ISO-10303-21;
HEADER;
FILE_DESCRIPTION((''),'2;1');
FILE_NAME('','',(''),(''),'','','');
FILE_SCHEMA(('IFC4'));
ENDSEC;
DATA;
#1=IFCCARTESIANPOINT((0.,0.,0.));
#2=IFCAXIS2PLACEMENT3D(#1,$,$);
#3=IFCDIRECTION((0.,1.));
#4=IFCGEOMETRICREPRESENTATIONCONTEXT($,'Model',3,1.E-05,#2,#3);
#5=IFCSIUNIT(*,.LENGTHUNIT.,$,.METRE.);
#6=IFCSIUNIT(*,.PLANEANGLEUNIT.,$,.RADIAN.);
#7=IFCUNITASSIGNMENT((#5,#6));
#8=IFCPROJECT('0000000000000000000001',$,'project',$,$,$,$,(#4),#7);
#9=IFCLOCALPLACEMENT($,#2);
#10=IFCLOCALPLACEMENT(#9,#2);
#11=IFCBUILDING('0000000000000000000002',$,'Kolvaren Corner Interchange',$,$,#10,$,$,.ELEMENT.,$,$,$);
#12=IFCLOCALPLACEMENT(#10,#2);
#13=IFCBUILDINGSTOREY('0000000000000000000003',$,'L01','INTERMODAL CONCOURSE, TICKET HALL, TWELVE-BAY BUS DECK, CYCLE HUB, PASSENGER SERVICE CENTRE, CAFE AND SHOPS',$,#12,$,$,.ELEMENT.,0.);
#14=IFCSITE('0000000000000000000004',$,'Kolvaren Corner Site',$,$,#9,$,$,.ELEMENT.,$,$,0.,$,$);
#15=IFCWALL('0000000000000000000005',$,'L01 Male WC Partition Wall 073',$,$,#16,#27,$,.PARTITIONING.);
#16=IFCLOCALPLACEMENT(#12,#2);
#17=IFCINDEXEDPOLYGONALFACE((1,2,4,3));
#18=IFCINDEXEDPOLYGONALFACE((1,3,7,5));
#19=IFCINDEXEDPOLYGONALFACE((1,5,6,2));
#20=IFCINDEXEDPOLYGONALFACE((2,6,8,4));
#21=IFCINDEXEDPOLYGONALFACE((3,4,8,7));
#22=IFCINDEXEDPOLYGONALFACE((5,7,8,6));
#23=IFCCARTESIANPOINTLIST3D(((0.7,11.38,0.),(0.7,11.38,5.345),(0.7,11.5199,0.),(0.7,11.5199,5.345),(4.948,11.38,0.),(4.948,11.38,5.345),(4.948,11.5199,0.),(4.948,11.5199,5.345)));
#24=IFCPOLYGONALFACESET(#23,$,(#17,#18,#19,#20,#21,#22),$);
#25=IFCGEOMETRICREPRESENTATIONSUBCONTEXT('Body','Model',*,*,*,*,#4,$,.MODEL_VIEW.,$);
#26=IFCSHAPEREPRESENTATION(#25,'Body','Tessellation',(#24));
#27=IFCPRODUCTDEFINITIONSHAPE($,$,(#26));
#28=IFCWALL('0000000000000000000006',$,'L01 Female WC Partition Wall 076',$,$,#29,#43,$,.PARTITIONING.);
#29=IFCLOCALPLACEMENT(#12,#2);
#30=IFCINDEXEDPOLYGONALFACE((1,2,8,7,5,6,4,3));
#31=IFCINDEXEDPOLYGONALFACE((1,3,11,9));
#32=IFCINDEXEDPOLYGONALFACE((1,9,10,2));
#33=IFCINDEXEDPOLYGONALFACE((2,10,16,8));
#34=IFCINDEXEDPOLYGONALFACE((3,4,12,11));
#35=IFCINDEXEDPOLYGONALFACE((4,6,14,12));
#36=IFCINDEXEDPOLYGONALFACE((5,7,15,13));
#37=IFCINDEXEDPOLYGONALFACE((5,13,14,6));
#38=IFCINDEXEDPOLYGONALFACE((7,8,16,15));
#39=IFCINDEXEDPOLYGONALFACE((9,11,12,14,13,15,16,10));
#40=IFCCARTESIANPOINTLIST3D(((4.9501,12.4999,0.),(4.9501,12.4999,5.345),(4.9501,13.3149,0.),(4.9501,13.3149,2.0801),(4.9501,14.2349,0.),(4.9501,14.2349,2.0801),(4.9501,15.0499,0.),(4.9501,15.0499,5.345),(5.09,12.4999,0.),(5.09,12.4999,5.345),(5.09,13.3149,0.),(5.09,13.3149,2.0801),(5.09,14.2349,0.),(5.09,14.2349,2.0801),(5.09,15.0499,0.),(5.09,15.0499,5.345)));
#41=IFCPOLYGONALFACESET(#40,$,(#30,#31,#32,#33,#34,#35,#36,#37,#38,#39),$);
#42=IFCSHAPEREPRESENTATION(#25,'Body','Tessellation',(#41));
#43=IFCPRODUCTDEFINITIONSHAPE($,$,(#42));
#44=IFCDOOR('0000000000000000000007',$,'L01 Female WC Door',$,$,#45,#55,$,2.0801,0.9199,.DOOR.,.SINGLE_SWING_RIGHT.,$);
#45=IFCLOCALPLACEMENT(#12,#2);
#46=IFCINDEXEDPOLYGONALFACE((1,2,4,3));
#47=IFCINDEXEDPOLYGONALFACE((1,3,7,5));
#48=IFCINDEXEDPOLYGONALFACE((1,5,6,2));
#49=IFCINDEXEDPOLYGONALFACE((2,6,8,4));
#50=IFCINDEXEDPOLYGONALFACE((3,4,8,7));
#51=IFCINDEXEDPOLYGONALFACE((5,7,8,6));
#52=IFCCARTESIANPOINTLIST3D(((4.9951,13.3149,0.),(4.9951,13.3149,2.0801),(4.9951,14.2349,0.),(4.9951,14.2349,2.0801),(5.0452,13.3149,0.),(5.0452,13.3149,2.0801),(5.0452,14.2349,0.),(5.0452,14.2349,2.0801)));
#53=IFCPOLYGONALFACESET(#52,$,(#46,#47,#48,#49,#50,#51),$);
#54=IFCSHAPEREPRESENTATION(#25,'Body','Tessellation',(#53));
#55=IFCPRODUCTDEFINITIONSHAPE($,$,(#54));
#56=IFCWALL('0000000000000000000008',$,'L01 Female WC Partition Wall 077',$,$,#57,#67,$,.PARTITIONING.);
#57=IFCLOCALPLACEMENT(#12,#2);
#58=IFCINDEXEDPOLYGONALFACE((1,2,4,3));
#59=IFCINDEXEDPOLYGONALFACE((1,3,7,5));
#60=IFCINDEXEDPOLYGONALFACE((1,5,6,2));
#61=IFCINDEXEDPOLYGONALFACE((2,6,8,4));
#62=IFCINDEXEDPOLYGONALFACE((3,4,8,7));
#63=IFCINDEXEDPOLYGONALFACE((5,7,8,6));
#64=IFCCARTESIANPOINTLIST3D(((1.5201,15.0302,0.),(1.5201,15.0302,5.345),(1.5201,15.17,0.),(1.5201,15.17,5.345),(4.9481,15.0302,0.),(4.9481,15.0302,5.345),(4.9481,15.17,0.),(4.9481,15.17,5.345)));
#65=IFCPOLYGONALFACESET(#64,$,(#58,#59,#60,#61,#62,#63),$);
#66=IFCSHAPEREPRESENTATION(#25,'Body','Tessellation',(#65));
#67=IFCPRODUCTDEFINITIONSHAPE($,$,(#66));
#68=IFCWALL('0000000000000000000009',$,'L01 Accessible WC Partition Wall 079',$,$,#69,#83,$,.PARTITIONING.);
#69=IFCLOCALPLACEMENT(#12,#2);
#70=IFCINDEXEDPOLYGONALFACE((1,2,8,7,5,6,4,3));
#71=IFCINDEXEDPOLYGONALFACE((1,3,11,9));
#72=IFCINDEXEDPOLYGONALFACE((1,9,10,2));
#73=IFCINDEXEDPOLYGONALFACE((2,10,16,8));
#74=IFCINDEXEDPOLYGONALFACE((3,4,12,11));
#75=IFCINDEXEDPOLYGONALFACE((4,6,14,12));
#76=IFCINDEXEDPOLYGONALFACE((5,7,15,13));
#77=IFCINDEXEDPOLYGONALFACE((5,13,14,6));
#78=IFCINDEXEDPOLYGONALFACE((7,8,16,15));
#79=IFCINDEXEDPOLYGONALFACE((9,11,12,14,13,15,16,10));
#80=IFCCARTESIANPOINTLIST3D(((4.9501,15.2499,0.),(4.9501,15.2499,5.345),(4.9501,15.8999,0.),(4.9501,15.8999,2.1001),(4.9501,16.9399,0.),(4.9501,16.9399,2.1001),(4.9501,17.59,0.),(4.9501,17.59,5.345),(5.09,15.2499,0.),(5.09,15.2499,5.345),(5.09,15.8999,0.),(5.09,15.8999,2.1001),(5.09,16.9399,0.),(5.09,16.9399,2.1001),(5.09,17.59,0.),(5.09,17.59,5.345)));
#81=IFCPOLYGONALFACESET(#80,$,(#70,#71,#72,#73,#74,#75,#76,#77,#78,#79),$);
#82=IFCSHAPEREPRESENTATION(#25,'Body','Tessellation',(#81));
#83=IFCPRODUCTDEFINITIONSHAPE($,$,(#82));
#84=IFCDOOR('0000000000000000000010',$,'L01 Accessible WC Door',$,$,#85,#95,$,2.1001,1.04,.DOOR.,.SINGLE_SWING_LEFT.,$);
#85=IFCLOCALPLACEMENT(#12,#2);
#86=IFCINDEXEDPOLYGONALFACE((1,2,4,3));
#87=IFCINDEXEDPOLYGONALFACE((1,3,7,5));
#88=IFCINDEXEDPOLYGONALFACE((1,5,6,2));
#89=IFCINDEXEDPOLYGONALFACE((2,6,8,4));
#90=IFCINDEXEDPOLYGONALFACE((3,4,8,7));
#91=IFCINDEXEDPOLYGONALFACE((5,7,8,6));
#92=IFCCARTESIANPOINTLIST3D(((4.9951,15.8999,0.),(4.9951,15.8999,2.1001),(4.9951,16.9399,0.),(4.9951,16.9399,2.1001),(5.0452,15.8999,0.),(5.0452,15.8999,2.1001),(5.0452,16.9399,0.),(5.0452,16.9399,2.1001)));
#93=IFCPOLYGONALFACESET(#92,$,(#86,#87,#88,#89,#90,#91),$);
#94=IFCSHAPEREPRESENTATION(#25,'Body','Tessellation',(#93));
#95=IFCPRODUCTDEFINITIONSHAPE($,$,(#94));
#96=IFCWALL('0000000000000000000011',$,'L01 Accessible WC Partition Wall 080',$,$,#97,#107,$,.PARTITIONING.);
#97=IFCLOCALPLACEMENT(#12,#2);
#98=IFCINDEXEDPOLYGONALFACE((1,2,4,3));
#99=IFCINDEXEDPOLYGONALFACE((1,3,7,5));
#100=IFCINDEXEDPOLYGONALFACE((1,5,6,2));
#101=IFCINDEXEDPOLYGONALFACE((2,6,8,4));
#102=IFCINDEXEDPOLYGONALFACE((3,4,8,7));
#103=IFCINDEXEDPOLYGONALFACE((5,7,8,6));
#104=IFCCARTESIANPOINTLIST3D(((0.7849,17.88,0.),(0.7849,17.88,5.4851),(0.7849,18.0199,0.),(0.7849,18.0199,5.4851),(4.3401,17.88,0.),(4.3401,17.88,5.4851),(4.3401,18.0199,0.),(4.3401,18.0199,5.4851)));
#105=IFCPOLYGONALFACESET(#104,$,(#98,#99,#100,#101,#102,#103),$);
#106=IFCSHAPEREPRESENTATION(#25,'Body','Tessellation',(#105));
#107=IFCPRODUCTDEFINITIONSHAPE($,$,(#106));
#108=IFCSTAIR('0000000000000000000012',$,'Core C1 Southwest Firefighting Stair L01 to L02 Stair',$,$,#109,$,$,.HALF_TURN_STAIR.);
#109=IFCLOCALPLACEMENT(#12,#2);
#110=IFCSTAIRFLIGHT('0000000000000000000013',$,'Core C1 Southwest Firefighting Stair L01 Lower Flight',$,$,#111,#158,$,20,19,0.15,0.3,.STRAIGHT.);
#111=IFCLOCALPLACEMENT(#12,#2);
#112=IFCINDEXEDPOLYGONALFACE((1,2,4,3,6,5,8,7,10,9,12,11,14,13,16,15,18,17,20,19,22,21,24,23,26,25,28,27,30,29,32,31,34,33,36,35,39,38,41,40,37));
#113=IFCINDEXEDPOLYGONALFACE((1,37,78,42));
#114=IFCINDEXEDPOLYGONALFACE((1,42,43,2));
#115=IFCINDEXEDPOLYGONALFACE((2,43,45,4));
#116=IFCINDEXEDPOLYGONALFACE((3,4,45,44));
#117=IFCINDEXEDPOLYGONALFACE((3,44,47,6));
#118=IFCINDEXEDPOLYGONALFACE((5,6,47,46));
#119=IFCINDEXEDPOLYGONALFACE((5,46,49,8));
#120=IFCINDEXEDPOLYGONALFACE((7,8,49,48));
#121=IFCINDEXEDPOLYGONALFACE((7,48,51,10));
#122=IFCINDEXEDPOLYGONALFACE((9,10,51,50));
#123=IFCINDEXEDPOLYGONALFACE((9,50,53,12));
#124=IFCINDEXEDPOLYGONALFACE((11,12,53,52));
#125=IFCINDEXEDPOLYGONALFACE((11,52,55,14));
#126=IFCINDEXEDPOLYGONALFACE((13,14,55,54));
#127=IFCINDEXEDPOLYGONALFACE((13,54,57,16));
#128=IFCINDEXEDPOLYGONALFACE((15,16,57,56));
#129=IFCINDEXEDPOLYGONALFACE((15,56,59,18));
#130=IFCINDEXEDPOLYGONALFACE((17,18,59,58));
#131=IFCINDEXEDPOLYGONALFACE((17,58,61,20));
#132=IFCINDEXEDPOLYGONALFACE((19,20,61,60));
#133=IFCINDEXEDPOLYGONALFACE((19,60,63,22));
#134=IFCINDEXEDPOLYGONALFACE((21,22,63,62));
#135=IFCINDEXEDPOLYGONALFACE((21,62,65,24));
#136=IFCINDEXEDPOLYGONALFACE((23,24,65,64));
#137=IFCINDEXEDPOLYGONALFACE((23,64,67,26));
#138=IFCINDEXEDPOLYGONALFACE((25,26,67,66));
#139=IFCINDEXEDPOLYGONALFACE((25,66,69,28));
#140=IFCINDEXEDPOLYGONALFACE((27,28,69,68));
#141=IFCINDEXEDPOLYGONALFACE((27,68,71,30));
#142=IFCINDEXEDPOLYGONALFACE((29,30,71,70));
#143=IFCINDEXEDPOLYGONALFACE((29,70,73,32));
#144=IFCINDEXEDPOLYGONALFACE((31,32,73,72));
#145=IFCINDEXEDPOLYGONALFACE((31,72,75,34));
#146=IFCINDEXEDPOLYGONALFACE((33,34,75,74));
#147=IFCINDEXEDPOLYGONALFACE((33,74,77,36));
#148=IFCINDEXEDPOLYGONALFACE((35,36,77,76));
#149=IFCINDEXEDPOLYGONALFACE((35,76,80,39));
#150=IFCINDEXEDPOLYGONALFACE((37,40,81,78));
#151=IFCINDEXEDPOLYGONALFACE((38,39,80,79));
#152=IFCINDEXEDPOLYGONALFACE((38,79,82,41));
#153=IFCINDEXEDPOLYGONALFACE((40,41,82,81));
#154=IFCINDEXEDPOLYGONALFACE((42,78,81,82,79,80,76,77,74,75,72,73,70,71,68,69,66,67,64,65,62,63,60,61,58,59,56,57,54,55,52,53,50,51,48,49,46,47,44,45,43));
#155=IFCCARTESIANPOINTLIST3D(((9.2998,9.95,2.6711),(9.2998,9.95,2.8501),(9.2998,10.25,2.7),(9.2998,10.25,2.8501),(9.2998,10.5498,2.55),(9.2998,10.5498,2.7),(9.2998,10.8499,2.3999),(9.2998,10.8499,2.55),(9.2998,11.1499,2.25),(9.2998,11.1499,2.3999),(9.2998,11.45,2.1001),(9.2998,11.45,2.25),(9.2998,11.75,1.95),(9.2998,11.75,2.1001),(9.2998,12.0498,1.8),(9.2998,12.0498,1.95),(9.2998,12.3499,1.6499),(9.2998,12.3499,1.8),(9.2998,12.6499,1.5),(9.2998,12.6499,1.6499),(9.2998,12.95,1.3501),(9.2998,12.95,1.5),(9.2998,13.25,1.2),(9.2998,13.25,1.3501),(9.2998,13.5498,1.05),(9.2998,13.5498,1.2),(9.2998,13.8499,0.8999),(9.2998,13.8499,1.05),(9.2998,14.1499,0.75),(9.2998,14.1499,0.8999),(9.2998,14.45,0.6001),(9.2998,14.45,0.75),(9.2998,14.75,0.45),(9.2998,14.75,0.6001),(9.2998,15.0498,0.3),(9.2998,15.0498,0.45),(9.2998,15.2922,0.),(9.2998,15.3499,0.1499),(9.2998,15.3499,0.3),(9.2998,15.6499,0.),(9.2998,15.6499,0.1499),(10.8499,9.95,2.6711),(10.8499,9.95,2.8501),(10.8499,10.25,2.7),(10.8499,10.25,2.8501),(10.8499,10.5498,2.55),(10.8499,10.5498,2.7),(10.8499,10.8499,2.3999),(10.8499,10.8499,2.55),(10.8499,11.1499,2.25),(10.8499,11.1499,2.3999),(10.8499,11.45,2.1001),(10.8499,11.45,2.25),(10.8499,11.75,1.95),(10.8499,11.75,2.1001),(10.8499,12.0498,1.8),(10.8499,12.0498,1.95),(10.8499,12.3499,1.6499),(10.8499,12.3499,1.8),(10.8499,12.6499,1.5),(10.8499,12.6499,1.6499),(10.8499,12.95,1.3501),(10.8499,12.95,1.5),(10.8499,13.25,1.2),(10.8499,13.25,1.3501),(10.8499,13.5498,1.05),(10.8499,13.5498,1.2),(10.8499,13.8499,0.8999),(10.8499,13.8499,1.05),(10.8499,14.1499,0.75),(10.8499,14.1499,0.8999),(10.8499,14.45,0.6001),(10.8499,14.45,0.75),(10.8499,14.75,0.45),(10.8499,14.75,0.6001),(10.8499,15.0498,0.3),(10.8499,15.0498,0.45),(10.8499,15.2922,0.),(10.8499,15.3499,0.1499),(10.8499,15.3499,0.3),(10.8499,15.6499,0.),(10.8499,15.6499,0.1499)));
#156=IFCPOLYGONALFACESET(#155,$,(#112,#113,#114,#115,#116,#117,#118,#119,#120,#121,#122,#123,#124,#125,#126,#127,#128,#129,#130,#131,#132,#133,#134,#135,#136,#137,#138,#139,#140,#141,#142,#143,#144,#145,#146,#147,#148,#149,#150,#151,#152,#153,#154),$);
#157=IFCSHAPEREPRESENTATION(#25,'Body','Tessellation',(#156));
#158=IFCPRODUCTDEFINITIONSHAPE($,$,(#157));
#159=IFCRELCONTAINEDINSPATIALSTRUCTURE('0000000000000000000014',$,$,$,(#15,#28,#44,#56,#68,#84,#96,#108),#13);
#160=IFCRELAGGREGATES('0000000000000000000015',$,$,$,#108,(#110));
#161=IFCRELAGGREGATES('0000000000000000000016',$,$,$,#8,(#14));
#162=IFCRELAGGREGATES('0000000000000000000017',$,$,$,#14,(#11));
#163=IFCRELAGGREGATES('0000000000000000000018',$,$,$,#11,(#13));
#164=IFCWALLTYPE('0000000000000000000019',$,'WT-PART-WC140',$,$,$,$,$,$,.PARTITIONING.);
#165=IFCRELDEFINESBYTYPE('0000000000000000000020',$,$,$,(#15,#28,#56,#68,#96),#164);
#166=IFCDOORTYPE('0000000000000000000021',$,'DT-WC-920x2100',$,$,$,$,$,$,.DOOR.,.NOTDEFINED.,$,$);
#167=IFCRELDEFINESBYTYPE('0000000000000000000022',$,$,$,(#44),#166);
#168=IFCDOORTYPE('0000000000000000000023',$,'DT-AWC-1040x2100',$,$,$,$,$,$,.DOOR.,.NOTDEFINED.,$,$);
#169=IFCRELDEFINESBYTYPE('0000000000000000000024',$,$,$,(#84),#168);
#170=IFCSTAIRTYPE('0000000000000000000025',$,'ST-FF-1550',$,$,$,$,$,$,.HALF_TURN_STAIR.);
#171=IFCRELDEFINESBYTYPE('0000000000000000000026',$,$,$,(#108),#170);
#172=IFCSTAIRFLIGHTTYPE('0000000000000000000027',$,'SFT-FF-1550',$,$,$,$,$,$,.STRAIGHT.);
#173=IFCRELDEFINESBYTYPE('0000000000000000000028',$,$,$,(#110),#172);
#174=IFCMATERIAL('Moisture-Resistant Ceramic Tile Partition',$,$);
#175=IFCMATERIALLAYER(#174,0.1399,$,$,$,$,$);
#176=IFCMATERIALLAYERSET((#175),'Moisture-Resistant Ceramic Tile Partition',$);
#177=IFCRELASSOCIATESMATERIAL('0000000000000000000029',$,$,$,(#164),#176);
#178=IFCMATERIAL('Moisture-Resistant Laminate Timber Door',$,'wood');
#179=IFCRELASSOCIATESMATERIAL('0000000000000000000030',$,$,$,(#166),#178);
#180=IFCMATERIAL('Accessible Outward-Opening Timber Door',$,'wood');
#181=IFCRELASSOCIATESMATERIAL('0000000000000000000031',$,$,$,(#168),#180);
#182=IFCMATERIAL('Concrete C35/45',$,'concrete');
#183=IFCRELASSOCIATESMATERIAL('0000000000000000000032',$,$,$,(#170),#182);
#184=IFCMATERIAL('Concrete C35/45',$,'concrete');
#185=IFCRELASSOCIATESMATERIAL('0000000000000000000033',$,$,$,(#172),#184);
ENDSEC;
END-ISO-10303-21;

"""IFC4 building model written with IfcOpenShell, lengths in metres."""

from ifc_helpers import new_model, si_unit, direction, frame, frame_2d, origin, place, context, subcontext, project, spatial, polyline, rectangle, outline, extrude, material, layer, layer_set, type_object, element, fill, aggregate, save


model = new_model("IFC4")

# Units and contexts
model_context = context("Model", 3, precision=1e-05, world=origin(), true_north=direction((0.0, 1.0)))
body_context = subcontext(model_context, "Body", "Model", "MODEL_VIEW")
ifc_project = project(units=[si_unit("LENGTHUNIT", "METRE"), si_unit("PLANEANGLEUNIT", "RADIAN")], contexts=[model_context])

# Site, building, storey
site_placement = place(None, origin())
site = spatial("IfcSite", under=ifc_project, at=site_placement, Name="Kolvaren Corner Site", CompositionType="ELEMENT", RefElevation=0.0)
building_placement = place(site_placement, origin())
building = spatial("IfcBuilding", under=site, at=building_placement, Name="Kolvaren Corner Interchange", CompositionType="ELEMENT")
storey_placement = place(building_placement, origin())
storey = spatial("IfcBuildingStorey", under=building, at=storey_placement, Name="L01", Description="INTERMODAL CONCOURSE, TICKET HALL, TWELVE-BAY BUS DECK, CYCLE HUB, PASSENGER SERVICE CENTRE, CAFE AND SHOPS", CompositionType="ELEMENT", Elevation=0.0)

# Wall
ifc_material_1 = material(Name="Moisture-Resistant Ceramic Tile Partition")
ifc_layer_1 = layer(ifc_material_1, 0.1399)
ifc_layer_set_1 = layer_set([ifc_layer_1], Name="Moisture-Resistant Ceramic Tile Partition")
wall_type_1 = type_object("IfcWallType", Name="WT-PART-WC140", PredefinedType="PARTITIONING", material=ifc_layer_set_1)
wall_1_placement = place(storey_placement, frame((4.948, 11.45, 0.0), z_axis=(0.0, 0.0, 1.0), x_axis=(-1.0, 0.0, 0.0)))
element("IfcWall", 1, at=wall_1_placement, inside=storey, type_object=wall_type_1, Name="L01 Male WC Partition Wall 073", PredefinedType="PARTITIONING", context=body_context, shape_type="SweptSolid", body=[
    extrude(rectangle(XDim=4.248, YDim=0.1399, at=frame_2d((2.124, 0.0))), origin(), (0.0, 0.0, 1.0), 5.345),
])

# Wall, opening, door
wall_2_placement = place(storey_placement, frame((5.02, 12.5, 0.0), z_axis=(0.0, 0.0, 1.0), x_axis=(0.0, 1.0, 0.0)))
wall_2 = element("IfcWall", 2, at=wall_2_placement, inside=storey, type_object=wall_type_1, Name="L01 Female WC Partition Wall 076", PredefinedType="PARTITIONING", context=body_context, shape_type="SweptSolid", body=[
    extrude(rectangle(XDim=2.55, YDim=0.1399, at=frame_2d((1.2749, 0.0))), origin(), (0.0, 0.0, 1.0), 5.345),
])
opening_1_placement = place(wall_2_placement, frame((0.8149, 0.0, 0.0)))
opening_1 = element("IfcOpeningElement", 3, at=opening_1_placement, cuts=wall_2, PredefinedType="OPENING", context=body_context, shape_type="SweptSolid", body=[
    extrude(rectangle(XDim=0.9199, YDim=2.0801, at=frame_2d((0.46, 1.04))), frame((0.0, 0.0798, 0.0), z_axis=(0.0, -1.0, 0.0), x_axis=(1.0, 0.0, 0.0)), (0.0, 0.0, 1.0), 0.1599),
])
ifc_material_2 = material(Name="Moisture-Resistant Laminate Timber Door", Category="wood")
door_type_1 = type_object("IfcDoorType", Name="DT-WC-920x2100", OperationType="NOTDEFINED", PredefinedType="DOOR", material=ifc_material_2)
door_1_placement = place(opening_1_placement, origin())
door_1 = element("IfcDoor", 4, at=door_1_placement, inside=storey, type_object=door_type_1, Name="L01 Female WC Door", OperationType="SINGLE_SWING_RIGHT", OverallHeight=2.0801, OverallWidth=0.9199, PredefinedType="DOOR", context=body_context, shape_type="SweptSolid", body=[
    extrude(rectangle(XDim=0.9199, YDim=2.0801, at=frame_2d((0.46, 1.04))), frame((0.0, 0.0249, 0.0), z_axis=(0.0, -1.0, 0.0), x_axis=(1.0, 0.0, 0.0)), (0.0, 0.0, 1.0), 0.05),
])
fill(opening_1, door_1)

# Wall
wall_3_placement = place(storey_placement, frame((4.948, 15.1001, 0.0), z_axis=(0.0, 0.0, 1.0), x_axis=(-1.0, 0.0, 0.0)))
element("IfcWall", 5, at=wall_3_placement, inside=storey, type_object=wall_type_1, Name="L01 Female WC Partition Wall 077", PredefinedType="PARTITIONING", context=body_context, shape_type="SweptSolid", body=[
    extrude(rectangle(XDim=3.428, YDim=0.1399, at=frame_2d((1.7139, 0.0))), origin(), (0.0, 0.0, 1.0), 5.345),
])

# Wall, opening, door
wall_4_placement = place(storey_placement, frame((5.02, 15.25, 0.0), z_axis=(0.0, 0.0, 1.0), x_axis=(0.0, 1.0, 0.0)))
wall_4 = element("IfcWall", 6, at=wall_4_placement, inside=storey, type_object=wall_type_1, Name="L01 Accessible WC Partition Wall 079", PredefinedType="PARTITIONING", context=body_context, shape_type="SweptSolid", body=[
    extrude(rectangle(XDim=2.3401, YDim=0.1399, at=frame_2d((1.1699, 0.0))), origin(), (0.0, 0.0, 1.0), 5.345),
])
opening_2_placement = place(wall_4_placement, frame((0.6499, 0.0, 0.0)))
opening_2 = element("IfcOpeningElement", 7, at=opening_2_placement, cuts=wall_4, PredefinedType="OPENING", context=body_context, shape_type="SweptSolid", body=[
    extrude(rectangle(XDim=1.04, YDim=2.1001, at=frame_2d((0.52, 1.05))), frame((0.0, 0.0798, 0.0), z_axis=(0.0, -1.0, 0.0), x_axis=(1.0, 0.0, 0.0)), (0.0, 0.0, 1.0), 0.1599),
])
ifc_material_3 = material(Name="Accessible Outward-Opening Timber Door", Category="wood")
door_type_2 = type_object("IfcDoorType", Name="DT-AWC-1040x2100", OperationType="NOTDEFINED", PredefinedType="DOOR", material=ifc_material_3)
door_2_placement = place(opening_2_placement, origin())
door_2 = element("IfcDoor", 8, at=door_2_placement, inside=storey, type_object=door_type_2, Name="L01 Accessible WC Door", OperationType="SINGLE_SWING_LEFT", OverallHeight=2.1001, OverallWidth=1.04, PredefinedType="DOOR", context=body_context, shape_type="SweptSolid", body=[
    extrude(rectangle(XDim=1.04, YDim=2.1001, at=frame_2d((0.52, 1.05))), frame((0.0, 0.0249, 0.0), z_axis=(0.0, -1.0, 0.0), x_axis=(1.0, 0.0, 0.0)), (0.0, 0.0, 1.0), 0.05),
])
fill(opening_2, door_2)

# Wall
wall_5_placement = place(storey_placement, frame((4.3401, 17.95, 0.0), z_axis=(0.0, 0.0, 1.0), x_axis=(-1.0, 0.0, 0.0)))
element("IfcWall", 9, at=wall_5_placement, inside=storey, type_object=wall_type_1, Name="L01 Accessible WC Partition Wall 080", PredefinedType="PARTITIONING", context=body_context, shape_type="SweptSolid", body=[
    extrude(rectangle(XDim=3.5552, YDim=0.1399, at=frame_2d((1.7776, 0.0))), origin(), (0.0, 0.0, 1.0), 5.4851),
])

# Stair, stair flight
ifc_material_4 = material(Name="Concrete C35/45", Category="concrete")
stair_type = type_object("IfcStairType", Name="ST-FF-1550", PredefinedType="HALF_TURN_STAIR", material=ifc_material_4)
stair_placement = place(storey_placement, origin())
stair = element("IfcStair", 10, at=stair_placement, inside=storey, type_object=stair_type, Name="Core C1 Southwest Firefighting Stair L01 to L02 Stair", PredefinedType="HALF_TURN_STAIR")
ifc_material_5 = material(Name="Concrete C35/45", Category="concrete")
stair_flight_type = type_object("IfcStairFlightType", Name="SFT-FF-1550", PredefinedType="STRAIGHT", material=ifc_material_5)
stair_flight_1_placement = place(storey_placement, frame((10.075, 15.6499, 0.0), z_axis=(0.0, 0.0, 1.0), x_axis=(0.0, -1.0, 0.0)))
stair_flight_1 = element("IfcStairFlight", 11, at=stair_flight_1_placement, type_object=stair_flight_type, Name="Core C1 Southwest Firefighting Stair L01 Lower Flight", NumberOfRisers=20, NumberOfTreads=19, PredefinedType="STRAIGHT", RiserHeight=0.15, TreadLength=0.3, context=body_context, shape_type="SweptSolid", body=[
    extrude(outline(polyline([(0.0, 0.0), (0.0, 0.1499), (0.3, 0.1499), (0.3, 0.3), (0.6001, 0.3), (0.6001, 0.45), (0.8999, 0.45), (0.8999, 0.6001), (1.2, 0.6001), (1.2, 0.75), (1.5, 0.75), (1.5, 0.8999), (1.8, 0.8999), (1.8, 1.05), (2.1001, 1.05), (2.1001, 1.2), (2.3999, 1.2), (2.3999, 1.3501), (2.7, 1.3501), (2.7, 1.5), (3.0, 1.5), (3.0, 1.6499), (3.3, 1.6499), (3.3, 1.8), (3.6001, 1.8), (3.6001, 1.95), (3.8999, 1.95), (3.8999, 2.1001), (4.2, 2.1001), (4.2, 2.25), (4.5, 2.25), (4.5, 2.3999), (4.8, 2.3999), (4.8, 2.55), (5.1001, 2.55), (5.1001, 2.7), (5.3999, 2.7), (5.3999, 2.8501), (5.7, 2.8501), (5.7, 3.0), (5.7, 2.6711), (0.3577, 0.0), (0.0, 0.0)])), frame((0.0, 0.7749, 0.0), z_axis=(0.0, -1.0, 0.0), x_axis=(1.0, 0.0, 0.0)), (0.0, 0.0, 1.0), 1.55),
])

aggregate(stair, [stair_flight_1])

save(model, "model.ifc")
